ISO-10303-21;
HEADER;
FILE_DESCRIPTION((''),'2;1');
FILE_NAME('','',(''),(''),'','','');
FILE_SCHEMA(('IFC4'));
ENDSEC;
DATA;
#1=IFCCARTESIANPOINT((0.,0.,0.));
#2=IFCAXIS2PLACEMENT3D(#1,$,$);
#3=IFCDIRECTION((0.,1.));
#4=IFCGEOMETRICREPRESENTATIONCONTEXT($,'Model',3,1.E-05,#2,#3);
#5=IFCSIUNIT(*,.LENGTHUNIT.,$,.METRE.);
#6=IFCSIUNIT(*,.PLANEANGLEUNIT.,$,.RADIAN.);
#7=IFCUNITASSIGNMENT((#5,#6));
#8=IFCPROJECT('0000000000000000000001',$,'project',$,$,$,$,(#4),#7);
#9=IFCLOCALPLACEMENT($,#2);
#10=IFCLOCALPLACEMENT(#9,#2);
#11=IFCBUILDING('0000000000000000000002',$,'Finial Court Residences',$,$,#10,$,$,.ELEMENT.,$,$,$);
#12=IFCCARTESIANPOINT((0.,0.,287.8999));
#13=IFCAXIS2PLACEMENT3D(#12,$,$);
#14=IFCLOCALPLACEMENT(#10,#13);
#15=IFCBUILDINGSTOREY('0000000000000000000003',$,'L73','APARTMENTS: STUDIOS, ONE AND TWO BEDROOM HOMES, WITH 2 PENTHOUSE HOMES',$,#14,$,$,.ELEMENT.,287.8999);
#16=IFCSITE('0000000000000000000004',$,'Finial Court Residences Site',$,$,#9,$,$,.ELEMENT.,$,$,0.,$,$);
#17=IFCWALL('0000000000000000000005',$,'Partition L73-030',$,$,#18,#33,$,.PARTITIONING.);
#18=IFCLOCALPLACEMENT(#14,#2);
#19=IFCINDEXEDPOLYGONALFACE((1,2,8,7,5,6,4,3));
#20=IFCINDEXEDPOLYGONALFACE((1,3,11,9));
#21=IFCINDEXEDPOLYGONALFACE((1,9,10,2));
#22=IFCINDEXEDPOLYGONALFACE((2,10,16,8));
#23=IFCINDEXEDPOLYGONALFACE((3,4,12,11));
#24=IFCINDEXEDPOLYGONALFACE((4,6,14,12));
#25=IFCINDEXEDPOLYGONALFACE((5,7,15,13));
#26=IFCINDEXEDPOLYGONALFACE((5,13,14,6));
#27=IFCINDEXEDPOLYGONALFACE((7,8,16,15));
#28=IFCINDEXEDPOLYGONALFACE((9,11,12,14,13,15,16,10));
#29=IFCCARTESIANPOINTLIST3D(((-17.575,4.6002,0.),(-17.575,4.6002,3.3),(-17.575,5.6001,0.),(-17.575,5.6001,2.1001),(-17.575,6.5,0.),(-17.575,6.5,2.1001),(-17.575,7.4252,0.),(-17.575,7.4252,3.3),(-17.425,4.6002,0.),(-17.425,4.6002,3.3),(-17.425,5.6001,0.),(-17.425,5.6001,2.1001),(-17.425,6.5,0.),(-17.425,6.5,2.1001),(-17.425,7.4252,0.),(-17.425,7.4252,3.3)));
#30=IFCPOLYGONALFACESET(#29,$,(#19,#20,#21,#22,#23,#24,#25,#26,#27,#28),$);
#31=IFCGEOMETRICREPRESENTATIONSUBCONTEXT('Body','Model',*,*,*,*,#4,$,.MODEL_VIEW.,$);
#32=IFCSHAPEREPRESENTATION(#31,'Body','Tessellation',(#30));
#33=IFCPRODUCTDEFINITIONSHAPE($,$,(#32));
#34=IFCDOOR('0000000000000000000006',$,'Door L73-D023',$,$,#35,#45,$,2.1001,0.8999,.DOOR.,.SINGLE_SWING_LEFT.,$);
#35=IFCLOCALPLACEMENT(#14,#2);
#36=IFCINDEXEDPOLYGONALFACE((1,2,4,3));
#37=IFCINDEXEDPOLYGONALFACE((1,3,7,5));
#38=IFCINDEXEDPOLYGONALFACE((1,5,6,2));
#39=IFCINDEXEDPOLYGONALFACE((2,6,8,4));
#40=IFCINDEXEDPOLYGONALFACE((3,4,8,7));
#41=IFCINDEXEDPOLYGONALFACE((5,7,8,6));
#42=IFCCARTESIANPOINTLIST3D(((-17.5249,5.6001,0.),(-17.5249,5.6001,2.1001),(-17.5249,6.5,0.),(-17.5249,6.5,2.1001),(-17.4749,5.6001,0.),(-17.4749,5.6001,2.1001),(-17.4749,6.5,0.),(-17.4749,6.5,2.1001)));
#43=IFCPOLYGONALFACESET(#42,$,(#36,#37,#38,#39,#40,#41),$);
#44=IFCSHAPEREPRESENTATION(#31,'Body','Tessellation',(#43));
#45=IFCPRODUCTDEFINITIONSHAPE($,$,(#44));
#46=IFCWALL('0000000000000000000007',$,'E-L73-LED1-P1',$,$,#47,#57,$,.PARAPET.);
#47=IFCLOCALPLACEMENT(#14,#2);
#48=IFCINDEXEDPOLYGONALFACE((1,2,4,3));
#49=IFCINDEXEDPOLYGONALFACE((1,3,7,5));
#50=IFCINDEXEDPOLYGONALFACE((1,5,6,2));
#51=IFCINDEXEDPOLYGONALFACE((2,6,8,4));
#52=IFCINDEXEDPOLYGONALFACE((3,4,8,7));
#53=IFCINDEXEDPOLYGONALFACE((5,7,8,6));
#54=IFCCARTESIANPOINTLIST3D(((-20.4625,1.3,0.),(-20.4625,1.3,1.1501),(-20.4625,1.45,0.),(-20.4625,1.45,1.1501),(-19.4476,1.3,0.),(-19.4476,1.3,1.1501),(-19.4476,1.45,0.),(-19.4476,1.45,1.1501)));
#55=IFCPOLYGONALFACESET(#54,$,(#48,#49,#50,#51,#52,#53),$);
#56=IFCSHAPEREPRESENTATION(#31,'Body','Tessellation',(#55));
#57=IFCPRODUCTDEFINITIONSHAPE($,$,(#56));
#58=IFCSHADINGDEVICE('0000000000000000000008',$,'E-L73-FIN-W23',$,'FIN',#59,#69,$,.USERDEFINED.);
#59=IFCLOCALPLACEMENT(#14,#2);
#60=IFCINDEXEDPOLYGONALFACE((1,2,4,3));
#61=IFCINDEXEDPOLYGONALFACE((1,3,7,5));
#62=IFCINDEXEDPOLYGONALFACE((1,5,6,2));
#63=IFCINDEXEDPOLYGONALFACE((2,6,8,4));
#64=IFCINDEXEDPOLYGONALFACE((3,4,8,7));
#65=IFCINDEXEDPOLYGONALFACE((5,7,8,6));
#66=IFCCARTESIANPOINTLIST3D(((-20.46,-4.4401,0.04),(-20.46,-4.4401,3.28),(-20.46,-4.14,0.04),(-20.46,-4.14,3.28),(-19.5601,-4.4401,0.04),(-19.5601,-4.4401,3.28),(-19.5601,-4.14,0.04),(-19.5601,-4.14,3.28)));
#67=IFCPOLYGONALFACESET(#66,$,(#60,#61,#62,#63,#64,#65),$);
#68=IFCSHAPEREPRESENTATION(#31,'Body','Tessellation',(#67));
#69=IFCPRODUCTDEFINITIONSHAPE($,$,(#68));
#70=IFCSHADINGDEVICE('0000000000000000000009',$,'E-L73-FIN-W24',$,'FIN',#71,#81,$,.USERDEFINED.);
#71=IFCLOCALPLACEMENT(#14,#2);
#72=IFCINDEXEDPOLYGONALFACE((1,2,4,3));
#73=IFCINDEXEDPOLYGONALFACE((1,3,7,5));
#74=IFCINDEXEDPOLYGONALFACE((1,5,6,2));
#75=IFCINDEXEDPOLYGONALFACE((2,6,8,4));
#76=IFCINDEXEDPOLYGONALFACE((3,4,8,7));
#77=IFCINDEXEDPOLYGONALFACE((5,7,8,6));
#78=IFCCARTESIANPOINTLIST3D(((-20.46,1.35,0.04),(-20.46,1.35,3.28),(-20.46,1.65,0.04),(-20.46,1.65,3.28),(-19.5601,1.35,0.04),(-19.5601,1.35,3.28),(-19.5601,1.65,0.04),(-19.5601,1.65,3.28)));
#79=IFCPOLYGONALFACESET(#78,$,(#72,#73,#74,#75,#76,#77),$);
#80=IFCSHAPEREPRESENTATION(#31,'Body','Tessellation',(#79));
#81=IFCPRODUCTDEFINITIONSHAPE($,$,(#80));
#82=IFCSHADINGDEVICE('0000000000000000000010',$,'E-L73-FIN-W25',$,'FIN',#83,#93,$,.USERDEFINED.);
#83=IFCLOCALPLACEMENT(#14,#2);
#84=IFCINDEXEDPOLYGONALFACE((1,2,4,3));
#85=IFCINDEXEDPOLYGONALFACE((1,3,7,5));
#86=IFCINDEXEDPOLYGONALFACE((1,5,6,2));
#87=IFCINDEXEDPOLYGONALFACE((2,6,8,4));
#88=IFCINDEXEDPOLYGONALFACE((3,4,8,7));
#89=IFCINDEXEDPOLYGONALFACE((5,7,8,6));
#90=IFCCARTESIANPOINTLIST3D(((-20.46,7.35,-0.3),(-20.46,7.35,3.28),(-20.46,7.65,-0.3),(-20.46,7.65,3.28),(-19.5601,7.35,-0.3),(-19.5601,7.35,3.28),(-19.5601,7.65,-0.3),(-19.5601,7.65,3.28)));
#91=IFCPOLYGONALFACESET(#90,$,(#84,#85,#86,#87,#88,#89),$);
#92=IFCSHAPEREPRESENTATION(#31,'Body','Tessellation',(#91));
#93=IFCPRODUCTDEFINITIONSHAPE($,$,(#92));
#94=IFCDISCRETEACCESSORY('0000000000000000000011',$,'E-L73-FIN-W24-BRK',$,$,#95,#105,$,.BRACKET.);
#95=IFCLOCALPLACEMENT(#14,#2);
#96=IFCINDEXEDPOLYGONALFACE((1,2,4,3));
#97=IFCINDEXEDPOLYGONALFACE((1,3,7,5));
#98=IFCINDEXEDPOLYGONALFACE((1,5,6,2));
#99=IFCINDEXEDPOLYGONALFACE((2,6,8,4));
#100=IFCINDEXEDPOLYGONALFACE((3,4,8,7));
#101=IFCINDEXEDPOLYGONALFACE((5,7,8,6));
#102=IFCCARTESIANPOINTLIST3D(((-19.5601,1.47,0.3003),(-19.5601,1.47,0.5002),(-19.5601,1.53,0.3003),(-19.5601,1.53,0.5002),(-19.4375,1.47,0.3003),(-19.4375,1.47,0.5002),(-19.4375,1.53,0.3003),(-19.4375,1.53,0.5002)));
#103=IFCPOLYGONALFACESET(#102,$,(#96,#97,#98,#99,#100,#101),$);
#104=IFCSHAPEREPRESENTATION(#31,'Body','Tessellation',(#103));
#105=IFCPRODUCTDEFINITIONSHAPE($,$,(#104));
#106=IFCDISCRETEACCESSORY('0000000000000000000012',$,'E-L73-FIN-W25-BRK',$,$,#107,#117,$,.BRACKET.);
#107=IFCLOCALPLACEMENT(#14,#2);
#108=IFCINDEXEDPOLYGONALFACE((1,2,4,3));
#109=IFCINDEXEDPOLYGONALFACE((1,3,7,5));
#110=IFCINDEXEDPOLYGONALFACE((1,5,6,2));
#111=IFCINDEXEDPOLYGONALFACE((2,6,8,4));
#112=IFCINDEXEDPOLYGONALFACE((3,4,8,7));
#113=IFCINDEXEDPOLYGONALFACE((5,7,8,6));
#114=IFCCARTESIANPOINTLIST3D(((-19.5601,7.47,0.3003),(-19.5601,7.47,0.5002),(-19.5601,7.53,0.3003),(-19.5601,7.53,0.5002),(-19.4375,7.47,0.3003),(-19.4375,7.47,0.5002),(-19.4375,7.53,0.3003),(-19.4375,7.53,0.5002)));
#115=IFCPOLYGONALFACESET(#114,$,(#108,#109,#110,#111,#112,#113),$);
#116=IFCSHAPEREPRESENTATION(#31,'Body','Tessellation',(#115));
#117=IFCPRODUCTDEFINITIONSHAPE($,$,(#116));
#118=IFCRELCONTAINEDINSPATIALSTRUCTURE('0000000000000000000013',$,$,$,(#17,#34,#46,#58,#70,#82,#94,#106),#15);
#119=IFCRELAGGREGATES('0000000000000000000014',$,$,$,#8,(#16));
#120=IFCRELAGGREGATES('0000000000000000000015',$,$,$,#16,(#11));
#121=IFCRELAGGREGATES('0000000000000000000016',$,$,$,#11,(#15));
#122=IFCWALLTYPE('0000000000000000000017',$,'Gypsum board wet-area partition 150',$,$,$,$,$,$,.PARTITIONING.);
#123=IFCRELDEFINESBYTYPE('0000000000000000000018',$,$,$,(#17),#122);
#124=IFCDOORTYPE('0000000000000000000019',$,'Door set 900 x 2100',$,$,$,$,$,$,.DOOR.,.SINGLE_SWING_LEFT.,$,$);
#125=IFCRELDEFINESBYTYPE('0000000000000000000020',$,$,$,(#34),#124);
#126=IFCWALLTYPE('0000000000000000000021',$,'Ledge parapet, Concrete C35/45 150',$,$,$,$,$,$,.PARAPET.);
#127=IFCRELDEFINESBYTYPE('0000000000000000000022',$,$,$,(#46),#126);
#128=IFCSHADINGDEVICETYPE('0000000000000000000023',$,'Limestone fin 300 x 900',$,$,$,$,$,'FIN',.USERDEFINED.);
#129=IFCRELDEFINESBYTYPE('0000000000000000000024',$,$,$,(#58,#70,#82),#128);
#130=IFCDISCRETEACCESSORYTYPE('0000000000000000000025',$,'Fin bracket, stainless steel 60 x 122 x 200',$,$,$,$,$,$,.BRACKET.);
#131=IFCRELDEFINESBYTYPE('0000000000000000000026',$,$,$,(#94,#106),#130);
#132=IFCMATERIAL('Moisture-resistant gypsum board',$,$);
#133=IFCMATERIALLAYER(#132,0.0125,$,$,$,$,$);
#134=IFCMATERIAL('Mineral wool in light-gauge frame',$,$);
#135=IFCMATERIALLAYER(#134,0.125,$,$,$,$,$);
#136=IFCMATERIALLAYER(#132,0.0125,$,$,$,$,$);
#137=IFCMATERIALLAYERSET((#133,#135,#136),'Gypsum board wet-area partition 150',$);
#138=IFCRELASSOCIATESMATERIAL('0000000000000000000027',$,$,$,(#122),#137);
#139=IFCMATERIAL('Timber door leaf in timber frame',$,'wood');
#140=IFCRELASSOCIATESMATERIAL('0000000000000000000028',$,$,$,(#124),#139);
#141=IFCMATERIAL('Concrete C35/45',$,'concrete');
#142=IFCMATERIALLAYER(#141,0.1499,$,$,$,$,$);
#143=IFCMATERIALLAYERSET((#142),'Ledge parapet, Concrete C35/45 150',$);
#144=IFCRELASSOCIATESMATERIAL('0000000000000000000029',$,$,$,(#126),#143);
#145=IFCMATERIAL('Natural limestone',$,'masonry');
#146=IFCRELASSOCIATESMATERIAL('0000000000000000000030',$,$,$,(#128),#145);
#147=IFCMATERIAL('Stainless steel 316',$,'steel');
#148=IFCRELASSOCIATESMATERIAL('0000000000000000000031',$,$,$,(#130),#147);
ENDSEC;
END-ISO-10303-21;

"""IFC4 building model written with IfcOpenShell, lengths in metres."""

from ifc_helpers import new_model, si_unit, direction, frame, frame_2d, origin, origin_2d, place, context, subcontext, project, spatial, rectangle, extrude, material, layer, layer_set, type_object, element, fill, save


model = new_model("IFC4")

# Units and contexts
model_context = context("Model", 3, precision=1e-05, world=origin(), true_north=direction((0.0, 1.0)))
body_context = subcontext(model_context, "Body", "Model", "MODEL_VIEW")
ifc_project = project(units=[si_unit("LENGTHUNIT", "METRE"), si_unit("PLANEANGLEUNIT", "RADIAN")], contexts=[model_context])

# Site, building, storey
site_placement = place(None, origin())
site = spatial("IfcSite", under=ifc_project, at=site_placement, Name="Finial Court Residences Site", CompositionType="ELEMENT", RefElevation=0.0)
building_placement = place(site_placement, origin())
building = spatial("IfcBuilding", under=site, at=building_placement, Name="Finial Court Residences", CompositionType="ELEMENT")
storey_placement = place(building_placement, frame((0.0, 0.0, 287.8999)))
storey = spatial("IfcBuildingStorey", under=building, at=storey_placement, Name="L73", Description="APARTMENTS: STUDIOS, ONE AND TWO BEDROOM HOMES, WITH 2 PENTHOUSE HOMES", CompositionType="ELEMENT", Elevation=287.8999)

# Shared definitions
ifc_material_1 = material(Name="Mineral wool in light-gauge frame")

# Wall, opening, door
ifc_material_2 = material(Name="Moisture-resistant gypsum board")
ifc_layer_1 = layer(ifc_material_2, 0.0125)
ifc_layer_2 = layer(ifc_material_1, 0.125)
ifc_layer_3 = layer(ifc_material_2, 0.0125)
ifc_layer_set_1 = layer_set([ifc_layer_1, ifc_layer_2, ifc_layer_3], Name="Gypsum board wet-area partition 150")
wall_type_1 = type_object("IfcWallType", Name="Gypsum board wet-area partition 150", PredefinedType="PARTITIONING", material=ifc_layer_set_1)
wall_1_placement = place(storey_placement, frame((-17.5, 4.6001, 0.0), z_axis=(0.0, 0.0, 1.0), x_axis=(0.0, 1.0, 0.0)))
wall_1 = element("IfcWall", 1, at=wall_1_placement, inside=storey, type_object=wall_type_1, Name="Partition L73-030", PredefinedType="PARTITIONING", context=body_context, shape_type="SweptSolid", body=[
    extrude(rectangle(XDim=2.825, YDim=0.1499, at=frame_2d((1.4126, 0.0))), origin(), (0.0, 0.0, 1.0), 3.3),
])
opening_1_placement = place(wall_1_placement, frame((1.0, 0.0, 0.0)))
opening_1 = element("IfcOpeningElement", 2, at=opening_1_placement, cuts=wall_1, PredefinedType="OPENING", context=body_context, shape_type="SweptSolid", body=[
    extrude(rectangle(XDim=0.8999, YDim=2.1001, at=frame_2d((0.45, 1.05))), frame((0.0, 0.085, 0.0), z_axis=(0.0, -1.0, 0.0), x_axis=(1.0, 0.0, 0.0)), (0.0, 0.0, 1.0), 0.1699),
])
ifc_material_3 = material(Name="Timber door leaf in timber frame", Category="wood")
door_type_1 = type_object("IfcDoorType", Name="Door set 900 x 2100", OperationType="SINGLE_SWING_LEFT", PredefinedType="DOOR", material=ifc_material_3)
door_1_placement = place(opening_1_placement, origin())
door_1 = element("IfcDoor", 3, at=door_1_placement, inside=storey, type_object=door_type_1, Name="Door L73-D023", OperationType="SINGLE_SWING_LEFT", OverallHeight=2.1001, OverallWidth=0.8999, PredefinedType="DOOR", context=body_context, shape_type="SweptSolid", body=[
    extrude(rectangle(XDim=0.8999, YDim=2.1001, at=frame_2d((0.45, 1.05))), frame((0.0, 0.0249, 0.0), z_axis=(0.0, -1.0, 0.0), x_axis=(1.0, 0.0, 0.0)), (0.0, 0.0, 1.0), 0.05),
])
fill(opening_1, door_1)

# Wall
ifc_material_4 = material(Name="Concrete C35/45", Category="concrete")
ifc_layer_4 = layer(ifc_material_4, 0.1499)
ifc_layer_set_2 = layer_set([ifc_layer_4], Name="Ledge parapet, Concrete C35/45 150")
wall_type_2 = type_object("IfcWallType", Name="Ledge parapet, Concrete C35/45 150", PredefinedType="PARAPET", material=ifc_layer_set_2)
wall_2_placement = place(storey_placement, frame((-20.4624, 1.375, 0.0), z_axis=(0.0, 0.0, 1.0), x_axis=(1.0, 0.0, 0.0)))
element("IfcWall", 4, at=wall_2_placement, inside=storey, type_object=wall_type_2, Name="E-L73-LED1-P1", PredefinedType="PARAPET", context=body_context, shape_type="SweptSolid", body=[
    extrude(rectangle(XDim=1.0149, YDim=0.1499, at=frame_2d((0.5073, 0.0))), origin(), (0.0, 0.0, 1.0), 1.1501),
])

# Shading devices
ifc_material_5 = material(Name="Natural limestone", Category="masonry")
shading_device_type = type_object("IfcShadingDeviceType", Name="Limestone fin 300 x 900", ElementType="FIN", PredefinedType="USERDEFINED", material=ifc_material_5)
for number, where, z_axis, x_axis, name in (
    (5, (-20.01, -4.29, 0.04), (0.0, 0.0, 1.0), (1.0, 0.0, 0.0), "E-L73-FIN-W23"),
    (6, (-20.01, 1.5, 0.04), (0.0, 0.0, 1.0), (1.0, 0.0, 0.0), "E-L73-FIN-W24"),
):
    element("IfcShadingDevice", number, at=place(storey_placement, frame(where, z_axis=z_axis, x_axis=x_axis)), inside=storey, type_object=shading_device_type, Name=name, ObjectType="FIN", PredefinedType="USERDEFINED", context=body_context, shape_type="SweptSolid", body=[
        extrude(rectangle(XDim=0.8999, YDim=0.3, at=origin_2d()), origin(), (0.0, 0.0, 1.0), 3.24),
    ])
shading_device_placement = place(storey_placement, frame((-20.01, 7.5, -0.3), z_axis=(0.0, 0.0, 1.0), x_axis=(1.0, 0.0, 0.0)))
element("IfcShadingDevice", 7, at=shading_device_placement, inside=storey, type_object=shading_device_type, Name="E-L73-FIN-W25", ObjectType="FIN", PredefinedType="USERDEFINED", context=body_context, shape_type="SweptSolid", body=[
    extrude(rectangle(XDim=0.8999, YDim=0.3, at=origin_2d()), origin(), (0.0, 0.0, 1.0), 3.5801),
])

# Discrete accessories
ifc_material_6 = material(Name="Stainless steel 316", Category="steel")
discrete_accessory_type = type_object("IfcDiscreteAccessoryType", Name="Fin bracket, stainless steel 60 x 122 x 200", PredefinedType="BRACKET", material=ifc_material_6)
for number, where, z_axis, x_axis, name in (
    (8, (-19.4988, 1.5, 0.3003), (0.0, 0.0, 1.0), (1.0, 0.0, 0.0), "E-L73-FIN-W24-BRK"),
    (9, (-19.4988, 7.5, 0.3003), (0.0, 0.0, 1.0), (1.0, 0.0, 0.0), "E-L73-FIN-W25-BRK"),
):
    element("IfcDiscreteAccessory", number, at=place(storey_placement, frame(where, z_axis=z_axis, x_axis=x_axis)), inside=storey, type_object=discrete_accessory_type, Name=name, PredefinedType="BRACKET", context=body_context, shape_type="SweptSolid", body=[
        extrude(rectangle(XDim=0.1226, YDim=0.0601, at=origin_2d()), origin(), (0.0, 0.0, 1.0), 0.2),
    ])

save(model, "model.ifc")
